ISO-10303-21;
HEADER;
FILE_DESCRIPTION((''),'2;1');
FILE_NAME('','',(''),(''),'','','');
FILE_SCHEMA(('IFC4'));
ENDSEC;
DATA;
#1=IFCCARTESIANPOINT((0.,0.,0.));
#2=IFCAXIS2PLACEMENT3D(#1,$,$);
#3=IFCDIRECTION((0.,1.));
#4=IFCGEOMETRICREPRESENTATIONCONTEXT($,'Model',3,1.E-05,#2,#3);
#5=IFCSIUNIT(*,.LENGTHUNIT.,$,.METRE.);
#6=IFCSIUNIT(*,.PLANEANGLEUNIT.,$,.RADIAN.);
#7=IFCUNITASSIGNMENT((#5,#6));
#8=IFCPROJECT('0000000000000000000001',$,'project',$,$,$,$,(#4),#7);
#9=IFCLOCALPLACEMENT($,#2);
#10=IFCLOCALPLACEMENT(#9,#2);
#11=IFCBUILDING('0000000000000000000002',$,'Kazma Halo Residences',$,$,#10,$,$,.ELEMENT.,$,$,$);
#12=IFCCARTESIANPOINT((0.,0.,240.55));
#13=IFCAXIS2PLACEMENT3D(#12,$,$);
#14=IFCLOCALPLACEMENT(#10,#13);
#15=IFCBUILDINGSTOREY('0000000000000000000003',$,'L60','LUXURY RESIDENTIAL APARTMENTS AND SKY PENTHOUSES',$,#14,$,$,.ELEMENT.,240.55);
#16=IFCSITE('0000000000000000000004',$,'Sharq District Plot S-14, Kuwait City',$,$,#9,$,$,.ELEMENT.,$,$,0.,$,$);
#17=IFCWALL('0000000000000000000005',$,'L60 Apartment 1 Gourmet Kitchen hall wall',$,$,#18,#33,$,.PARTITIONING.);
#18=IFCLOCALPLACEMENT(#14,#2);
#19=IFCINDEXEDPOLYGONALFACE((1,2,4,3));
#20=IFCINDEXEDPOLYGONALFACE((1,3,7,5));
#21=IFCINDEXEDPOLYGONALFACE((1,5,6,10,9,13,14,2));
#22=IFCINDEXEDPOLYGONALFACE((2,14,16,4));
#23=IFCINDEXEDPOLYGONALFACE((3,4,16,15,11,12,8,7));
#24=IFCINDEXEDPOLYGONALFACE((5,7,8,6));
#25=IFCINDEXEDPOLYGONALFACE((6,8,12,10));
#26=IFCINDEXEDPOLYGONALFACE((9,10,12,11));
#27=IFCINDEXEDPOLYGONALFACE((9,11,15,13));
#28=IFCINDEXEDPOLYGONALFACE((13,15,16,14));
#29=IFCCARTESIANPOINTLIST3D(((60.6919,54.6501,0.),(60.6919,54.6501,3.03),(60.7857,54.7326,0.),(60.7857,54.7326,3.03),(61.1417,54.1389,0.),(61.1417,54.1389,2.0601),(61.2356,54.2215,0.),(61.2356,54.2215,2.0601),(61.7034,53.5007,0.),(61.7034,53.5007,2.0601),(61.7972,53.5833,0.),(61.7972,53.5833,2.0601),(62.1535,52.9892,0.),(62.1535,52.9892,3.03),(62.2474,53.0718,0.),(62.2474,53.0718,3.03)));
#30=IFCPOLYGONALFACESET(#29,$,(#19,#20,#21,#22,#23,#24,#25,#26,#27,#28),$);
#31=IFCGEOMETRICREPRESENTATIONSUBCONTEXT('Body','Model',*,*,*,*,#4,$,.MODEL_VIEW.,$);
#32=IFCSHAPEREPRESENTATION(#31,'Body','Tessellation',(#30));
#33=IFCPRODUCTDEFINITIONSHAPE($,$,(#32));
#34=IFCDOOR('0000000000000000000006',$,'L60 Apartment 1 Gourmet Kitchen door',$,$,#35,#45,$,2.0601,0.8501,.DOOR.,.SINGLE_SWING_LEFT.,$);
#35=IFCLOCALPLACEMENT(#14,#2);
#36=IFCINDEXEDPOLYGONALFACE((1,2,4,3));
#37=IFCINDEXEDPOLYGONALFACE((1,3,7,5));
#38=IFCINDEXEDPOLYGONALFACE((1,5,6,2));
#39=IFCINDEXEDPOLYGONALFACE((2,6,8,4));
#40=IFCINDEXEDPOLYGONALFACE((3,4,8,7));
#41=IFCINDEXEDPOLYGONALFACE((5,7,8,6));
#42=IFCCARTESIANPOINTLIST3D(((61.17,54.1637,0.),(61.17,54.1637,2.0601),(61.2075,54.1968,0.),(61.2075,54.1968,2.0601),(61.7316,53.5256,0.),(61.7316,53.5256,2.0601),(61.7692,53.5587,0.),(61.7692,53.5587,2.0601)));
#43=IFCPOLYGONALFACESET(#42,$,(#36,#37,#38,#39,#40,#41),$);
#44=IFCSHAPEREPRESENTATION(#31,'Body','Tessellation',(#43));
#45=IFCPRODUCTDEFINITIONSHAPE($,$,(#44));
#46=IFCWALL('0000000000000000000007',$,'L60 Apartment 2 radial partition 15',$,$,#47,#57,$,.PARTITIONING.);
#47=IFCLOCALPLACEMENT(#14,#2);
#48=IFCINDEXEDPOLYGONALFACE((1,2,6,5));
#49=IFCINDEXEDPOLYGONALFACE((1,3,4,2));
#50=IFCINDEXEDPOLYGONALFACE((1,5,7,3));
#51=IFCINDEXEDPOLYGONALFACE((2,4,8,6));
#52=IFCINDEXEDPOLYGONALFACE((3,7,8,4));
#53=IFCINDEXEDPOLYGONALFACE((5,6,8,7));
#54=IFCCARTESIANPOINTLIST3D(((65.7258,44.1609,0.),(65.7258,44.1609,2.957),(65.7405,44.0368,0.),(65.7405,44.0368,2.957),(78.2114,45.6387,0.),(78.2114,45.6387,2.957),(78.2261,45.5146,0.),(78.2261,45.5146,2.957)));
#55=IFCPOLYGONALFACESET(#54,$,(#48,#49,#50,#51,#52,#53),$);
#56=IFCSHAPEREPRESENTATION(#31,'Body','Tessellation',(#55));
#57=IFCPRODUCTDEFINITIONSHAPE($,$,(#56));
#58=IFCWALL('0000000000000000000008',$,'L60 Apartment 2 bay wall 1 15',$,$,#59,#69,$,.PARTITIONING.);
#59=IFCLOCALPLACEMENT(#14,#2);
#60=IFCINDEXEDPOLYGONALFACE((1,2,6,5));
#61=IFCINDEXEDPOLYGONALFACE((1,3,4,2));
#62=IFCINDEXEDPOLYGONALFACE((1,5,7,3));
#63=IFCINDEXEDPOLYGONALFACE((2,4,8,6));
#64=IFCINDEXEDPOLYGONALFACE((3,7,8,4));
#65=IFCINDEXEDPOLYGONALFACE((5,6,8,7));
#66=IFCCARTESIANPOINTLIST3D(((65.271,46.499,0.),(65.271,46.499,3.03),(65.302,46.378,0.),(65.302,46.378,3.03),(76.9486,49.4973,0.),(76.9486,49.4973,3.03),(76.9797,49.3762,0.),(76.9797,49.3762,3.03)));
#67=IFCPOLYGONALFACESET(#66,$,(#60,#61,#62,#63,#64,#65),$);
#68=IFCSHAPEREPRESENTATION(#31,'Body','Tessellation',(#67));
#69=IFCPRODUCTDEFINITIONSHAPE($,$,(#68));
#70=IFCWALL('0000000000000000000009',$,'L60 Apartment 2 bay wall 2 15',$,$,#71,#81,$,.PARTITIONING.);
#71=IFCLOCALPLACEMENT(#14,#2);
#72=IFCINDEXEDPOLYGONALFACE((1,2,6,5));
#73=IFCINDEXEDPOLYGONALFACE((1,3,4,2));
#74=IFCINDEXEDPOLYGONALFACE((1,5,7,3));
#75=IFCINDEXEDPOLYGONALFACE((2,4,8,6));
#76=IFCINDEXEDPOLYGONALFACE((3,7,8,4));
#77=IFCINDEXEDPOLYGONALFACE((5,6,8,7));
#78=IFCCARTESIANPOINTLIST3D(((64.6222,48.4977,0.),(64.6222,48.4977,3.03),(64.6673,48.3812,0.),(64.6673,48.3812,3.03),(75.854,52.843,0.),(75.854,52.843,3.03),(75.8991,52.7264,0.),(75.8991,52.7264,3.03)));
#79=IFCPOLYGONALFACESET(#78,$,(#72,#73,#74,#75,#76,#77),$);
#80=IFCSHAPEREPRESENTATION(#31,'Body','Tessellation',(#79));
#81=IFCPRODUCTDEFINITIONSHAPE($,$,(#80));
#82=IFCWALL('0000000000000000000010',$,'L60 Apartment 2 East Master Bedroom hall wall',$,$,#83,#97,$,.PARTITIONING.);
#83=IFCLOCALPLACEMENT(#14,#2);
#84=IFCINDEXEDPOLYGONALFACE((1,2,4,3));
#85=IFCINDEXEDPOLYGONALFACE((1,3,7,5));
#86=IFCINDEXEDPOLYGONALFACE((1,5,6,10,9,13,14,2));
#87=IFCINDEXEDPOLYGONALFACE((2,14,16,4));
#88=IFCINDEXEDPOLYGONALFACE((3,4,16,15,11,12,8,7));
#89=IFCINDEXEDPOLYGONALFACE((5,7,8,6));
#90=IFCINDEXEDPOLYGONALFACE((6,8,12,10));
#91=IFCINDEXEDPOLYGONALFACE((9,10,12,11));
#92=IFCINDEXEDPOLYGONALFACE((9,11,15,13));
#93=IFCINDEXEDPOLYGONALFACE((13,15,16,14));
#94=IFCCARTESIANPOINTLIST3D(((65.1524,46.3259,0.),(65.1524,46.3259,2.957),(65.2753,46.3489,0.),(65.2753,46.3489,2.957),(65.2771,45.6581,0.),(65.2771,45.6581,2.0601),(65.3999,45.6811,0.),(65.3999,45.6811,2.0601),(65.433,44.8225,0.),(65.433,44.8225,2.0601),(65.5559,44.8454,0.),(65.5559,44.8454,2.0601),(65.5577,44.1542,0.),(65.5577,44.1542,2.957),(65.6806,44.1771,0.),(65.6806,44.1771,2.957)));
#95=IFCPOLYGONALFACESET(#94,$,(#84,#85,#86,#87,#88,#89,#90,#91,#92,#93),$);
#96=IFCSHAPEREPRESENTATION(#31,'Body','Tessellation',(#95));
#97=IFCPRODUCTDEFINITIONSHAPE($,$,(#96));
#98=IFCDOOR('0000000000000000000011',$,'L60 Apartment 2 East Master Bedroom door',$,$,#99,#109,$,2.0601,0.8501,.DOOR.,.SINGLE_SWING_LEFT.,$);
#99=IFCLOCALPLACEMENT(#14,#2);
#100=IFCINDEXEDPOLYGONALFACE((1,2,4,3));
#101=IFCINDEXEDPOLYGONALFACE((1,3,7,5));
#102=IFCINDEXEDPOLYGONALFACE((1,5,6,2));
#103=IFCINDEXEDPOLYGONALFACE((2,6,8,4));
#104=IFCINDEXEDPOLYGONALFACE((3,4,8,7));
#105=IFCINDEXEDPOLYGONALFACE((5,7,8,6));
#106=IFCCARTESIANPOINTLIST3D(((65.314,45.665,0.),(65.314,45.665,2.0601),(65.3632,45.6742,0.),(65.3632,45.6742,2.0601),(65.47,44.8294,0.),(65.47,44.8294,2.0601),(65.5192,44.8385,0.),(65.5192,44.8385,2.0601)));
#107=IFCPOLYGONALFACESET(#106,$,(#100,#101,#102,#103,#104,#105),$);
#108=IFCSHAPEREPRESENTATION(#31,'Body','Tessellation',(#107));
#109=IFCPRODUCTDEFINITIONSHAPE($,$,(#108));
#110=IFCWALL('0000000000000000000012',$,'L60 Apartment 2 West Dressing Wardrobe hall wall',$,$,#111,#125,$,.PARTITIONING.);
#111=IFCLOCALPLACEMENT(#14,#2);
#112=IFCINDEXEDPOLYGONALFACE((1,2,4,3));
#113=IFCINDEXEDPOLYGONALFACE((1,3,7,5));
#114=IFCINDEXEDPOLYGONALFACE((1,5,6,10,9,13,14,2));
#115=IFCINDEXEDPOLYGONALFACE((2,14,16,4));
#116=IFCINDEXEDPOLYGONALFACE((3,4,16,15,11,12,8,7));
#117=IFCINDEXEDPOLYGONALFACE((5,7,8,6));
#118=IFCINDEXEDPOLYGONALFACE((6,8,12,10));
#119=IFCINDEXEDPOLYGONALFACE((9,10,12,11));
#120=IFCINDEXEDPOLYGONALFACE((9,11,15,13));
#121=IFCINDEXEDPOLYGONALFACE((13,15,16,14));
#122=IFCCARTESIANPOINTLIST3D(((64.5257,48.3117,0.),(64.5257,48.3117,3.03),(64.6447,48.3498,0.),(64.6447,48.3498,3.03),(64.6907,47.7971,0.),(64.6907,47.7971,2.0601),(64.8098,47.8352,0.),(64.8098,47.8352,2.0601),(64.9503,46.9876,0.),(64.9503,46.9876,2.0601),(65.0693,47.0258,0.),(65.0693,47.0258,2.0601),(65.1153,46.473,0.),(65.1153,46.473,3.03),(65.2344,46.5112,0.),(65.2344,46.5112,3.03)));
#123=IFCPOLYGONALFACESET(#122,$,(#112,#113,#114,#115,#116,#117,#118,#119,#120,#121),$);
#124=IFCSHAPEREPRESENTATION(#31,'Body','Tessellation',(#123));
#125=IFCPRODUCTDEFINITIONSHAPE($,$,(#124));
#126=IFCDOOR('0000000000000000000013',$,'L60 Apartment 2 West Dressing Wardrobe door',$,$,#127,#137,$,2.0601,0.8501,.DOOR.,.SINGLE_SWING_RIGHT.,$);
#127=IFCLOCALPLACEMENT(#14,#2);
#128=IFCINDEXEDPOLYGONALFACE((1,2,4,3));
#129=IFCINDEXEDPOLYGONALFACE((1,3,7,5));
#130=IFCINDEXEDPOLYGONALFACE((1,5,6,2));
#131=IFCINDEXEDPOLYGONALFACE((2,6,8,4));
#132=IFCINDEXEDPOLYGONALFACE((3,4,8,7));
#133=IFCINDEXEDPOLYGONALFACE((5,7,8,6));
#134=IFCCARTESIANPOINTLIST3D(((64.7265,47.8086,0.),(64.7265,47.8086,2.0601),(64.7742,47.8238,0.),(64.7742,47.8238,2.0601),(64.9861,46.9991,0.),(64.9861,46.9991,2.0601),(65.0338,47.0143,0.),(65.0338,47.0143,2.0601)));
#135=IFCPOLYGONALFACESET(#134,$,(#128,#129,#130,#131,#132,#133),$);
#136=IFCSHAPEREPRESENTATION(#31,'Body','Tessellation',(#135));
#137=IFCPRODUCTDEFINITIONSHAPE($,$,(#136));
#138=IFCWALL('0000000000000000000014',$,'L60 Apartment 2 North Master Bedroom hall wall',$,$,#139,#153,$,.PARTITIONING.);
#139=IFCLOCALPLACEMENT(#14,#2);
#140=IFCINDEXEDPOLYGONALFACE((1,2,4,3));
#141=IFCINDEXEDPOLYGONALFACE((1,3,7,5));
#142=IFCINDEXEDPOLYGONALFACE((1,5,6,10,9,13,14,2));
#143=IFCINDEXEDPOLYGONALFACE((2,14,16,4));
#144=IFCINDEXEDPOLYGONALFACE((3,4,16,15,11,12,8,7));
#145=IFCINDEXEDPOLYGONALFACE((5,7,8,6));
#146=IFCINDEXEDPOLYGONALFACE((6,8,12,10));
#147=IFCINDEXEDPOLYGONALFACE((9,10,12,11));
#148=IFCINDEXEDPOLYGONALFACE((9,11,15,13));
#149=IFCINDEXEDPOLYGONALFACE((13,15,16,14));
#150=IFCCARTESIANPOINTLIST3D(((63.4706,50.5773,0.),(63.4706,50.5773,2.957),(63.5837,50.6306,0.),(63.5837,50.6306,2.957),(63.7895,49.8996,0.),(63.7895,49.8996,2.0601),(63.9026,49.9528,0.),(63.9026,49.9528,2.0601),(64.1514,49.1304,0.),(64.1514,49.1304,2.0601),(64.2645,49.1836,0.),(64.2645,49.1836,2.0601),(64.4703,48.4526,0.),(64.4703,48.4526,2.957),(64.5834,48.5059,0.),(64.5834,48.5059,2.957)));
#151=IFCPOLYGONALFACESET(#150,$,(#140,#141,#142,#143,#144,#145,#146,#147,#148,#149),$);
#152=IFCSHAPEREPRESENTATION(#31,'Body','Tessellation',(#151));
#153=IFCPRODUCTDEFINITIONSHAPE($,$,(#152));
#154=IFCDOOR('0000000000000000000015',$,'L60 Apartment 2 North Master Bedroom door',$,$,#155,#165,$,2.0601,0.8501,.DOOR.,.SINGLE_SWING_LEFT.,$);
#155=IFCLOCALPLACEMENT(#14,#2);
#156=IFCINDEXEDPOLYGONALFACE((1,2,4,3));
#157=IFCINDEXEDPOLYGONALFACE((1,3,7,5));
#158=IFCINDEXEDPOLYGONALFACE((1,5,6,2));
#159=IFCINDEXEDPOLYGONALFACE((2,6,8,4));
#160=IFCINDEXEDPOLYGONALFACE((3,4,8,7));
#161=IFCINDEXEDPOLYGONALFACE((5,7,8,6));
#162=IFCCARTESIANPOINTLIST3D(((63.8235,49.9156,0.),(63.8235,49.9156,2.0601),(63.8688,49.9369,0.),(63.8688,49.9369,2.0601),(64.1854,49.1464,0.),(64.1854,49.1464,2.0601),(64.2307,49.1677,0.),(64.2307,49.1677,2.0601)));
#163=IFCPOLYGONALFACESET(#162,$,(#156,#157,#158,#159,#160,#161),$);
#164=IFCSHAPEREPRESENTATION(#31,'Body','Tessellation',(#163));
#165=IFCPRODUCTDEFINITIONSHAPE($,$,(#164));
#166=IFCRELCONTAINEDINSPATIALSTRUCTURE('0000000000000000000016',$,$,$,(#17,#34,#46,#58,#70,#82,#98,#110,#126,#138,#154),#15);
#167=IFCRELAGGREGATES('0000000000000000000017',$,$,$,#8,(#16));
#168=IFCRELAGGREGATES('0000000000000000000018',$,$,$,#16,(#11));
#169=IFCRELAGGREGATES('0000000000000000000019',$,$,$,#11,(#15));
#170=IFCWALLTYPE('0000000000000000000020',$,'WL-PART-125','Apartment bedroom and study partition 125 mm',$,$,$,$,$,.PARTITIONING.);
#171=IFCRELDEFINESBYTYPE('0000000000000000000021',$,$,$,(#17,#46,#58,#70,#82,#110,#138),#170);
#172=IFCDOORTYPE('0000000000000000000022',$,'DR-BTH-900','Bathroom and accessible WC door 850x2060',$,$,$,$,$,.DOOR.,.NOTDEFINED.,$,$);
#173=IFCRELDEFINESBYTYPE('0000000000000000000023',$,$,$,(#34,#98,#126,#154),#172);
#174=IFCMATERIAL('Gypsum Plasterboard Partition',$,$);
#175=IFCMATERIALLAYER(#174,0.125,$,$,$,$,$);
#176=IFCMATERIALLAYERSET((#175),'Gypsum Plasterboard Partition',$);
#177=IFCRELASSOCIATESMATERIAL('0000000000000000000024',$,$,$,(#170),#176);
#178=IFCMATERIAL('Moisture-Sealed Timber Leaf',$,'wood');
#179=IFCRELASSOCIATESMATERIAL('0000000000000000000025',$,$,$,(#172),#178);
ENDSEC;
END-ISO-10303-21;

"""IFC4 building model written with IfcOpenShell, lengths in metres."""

from ifc_helpers import new_model, si_unit, direction, frame, frame_2d, origin, place, context, subcontext, project, spatial, rectangle, extrude, material, layer, layer_set, type_object, element, fill, save


model = new_model("IFC4")

# Units and contexts
model_context = context("Model", 3, precision=1e-05, world=origin(), true_north=direction((0.0, 1.0)))
body_context = subcontext(model_context, "Body", "Model", "MODEL_VIEW")
ifc_project = project(units=[si_unit("LENGTHUNIT", "METRE"), si_unit("PLANEANGLEUNIT", "RADIAN")], contexts=[model_context])

# Site, building, storey
site_placement = place(None, origin())
site = spatial("IfcSite", under=ifc_project, at=site_placement, Name="Sharq District Plot S-14, Kuwait City", CompositionType="ELEMENT", RefElevation=0.0)
building_placement = place(site_placement, origin())
building = spatial("IfcBuilding", under=site, at=building_placement, Name="Kazma Halo Residences", CompositionType="ELEMENT")
storey_placement = place(building_placement, frame((0.0, 0.0, 240.55)))
storey = spatial("IfcBuildingStorey", under=building, at=storey_placement, Name="L60", Description="LUXURY RESIDENTIAL APARTMENTS AND SKY PENTHOUSES", CompositionType="ELEMENT", Elevation=240.55)

# Shared definitions
ifc_material_1 = material(Name="Gypsum Plasterboard Partition")
ifc_layer_1 = layer(ifc_material_1, 0.125)
ifc_layer_set_1 = layer_set([ifc_layer_1], Name="Gypsum Plasterboard Partition")
wall_type_1 = type_object("IfcWallType", Name="WL-PART-125", Description="Apartment bedroom and study partition 125 mm", PredefinedType="PARTITIONING", material=ifc_layer_set_1)

# Wall, opening, door
wall_1_placement = place(storey_placement, frame((62.2004, 53.0305, 0.0), z_axis=(0.0, 0.0, 1.0), x_axis=(-0.66065, 0.750694, 0.0)))
wall_1 = element("IfcWall", 1, at=wall_1_placement, inside=storey, type_object=wall_type_1, Name="L60 Apartment 1 Gourmet Kitchen hall wall", PredefinedType="PARTITIONING", context=body_context, shape_type="SweptSolid", body=[
    extrude(rectangle(XDim=2.2124, YDim=0.125, at=frame_2d((1.1062, 0.0))), origin(), (0.0, 0.0, 1.0), 3.03),
])
opening_1_placement = place(wall_1_placement, frame((0.6814, 0.0, 0.0)))
opening_1 = element("IfcOpeningElement", 2, at=opening_1_placement, cuts=wall_1, PredefinedType="OPENING", context=body_context, shape_type="SweptSolid", body=[
    extrude(rectangle(XDim=0.8501, YDim=2.0601, at=frame_2d((0.425, 1.03))), frame((0.0, 0.0725, 0.0), z_axis=(0.0, -1.0, 0.0), x_axis=(1.0, 0.0, 0.0)), (0.0, 0.0, 1.0), 0.145),
])
ifc_material_2 = material(Name="Moisture-Sealed Timber Leaf", Category="wood")
door_type = type_object("IfcDoorType", Name="DR-BTH-900", Description="Bathroom and accessible WC door 850x2060", OperationType="NOTDEFINED", PredefinedType="DOOR", material=ifc_material_2)
door_1_placement = place(opening_1_placement, origin())
door_1 = element("IfcDoor", 3, at=door_1_placement, inside=storey, type_object=door_type, Name="L60 Apartment 1 Gourmet Kitchen door", OperationType="SINGLE_SWING_LEFT", OverallHeight=2.0601, OverallWidth=0.8501, PredefinedType="DOOR", context=body_context, shape_type="SweptSolid", body=[
    extrude(rectangle(XDim=0.8501, YDim=2.0601, at=frame_2d((0.425, 1.03))), frame((0.0, 0.0249, 0.0), z_axis=(0.0, -1.0, 0.0), x_axis=(1.0, 0.0, 0.0)), (0.0, 0.0, 1.0), 0.05),
])
fill(opening_1, door_1)

# Walls
wall_2_placement = place(storey_placement, frame((65.7332, 44.0989, 0.0), z_axis=(0.0, 0.0, 1.0), x_axis=(0.993068, 0.117539, 0.0)))
element("IfcWall", 4, at=wall_2_placement, inside=storey, type_object=wall_type_1, Name="L60 Apartment 2 radial partition 15", PredefinedType="PARTITIONING", context=body_context, shape_type="SweptSolid", body=[
    extrude(rectangle(XDim=12.5728, YDim=0.125, at=frame_2d((6.2864, 0.0))), origin(), (0.0, 0.0, 1.0), 2.957),
])
wall_3_placement = place(storey_placement, frame((65.2864, 46.4385, 0.0), z_axis=(0.0, 0.0, 1.0), x_axis=(0.968584, 0.248687, 0.0)))
element("IfcWall", 5, at=wall_3_placement, inside=storey, type_object=wall_type_1, Name="L60 Apartment 2 bay wall 1 15", PredefinedType="PARTITIONING", context=body_context, shape_type="SweptSolid", body=[
    extrude(rectangle(XDim=12.0564, YDim=0.125, at=frame_2d((6.0283, 0.0))), origin(), (0.0, 0.0, 1.0), 3.03),
])
wall_4_placement = place(storey_placement, frame((64.6448, 48.4395, 0.0), z_axis=(0.0, 0.0, 1.0), x_axis=(0.932639, 0.360811, 0.0)))
element("IfcWall", 6, at=wall_4_placement, inside=storey, type_object=wall_type_1, Name="L60 Apartment 2 bay wall 2 15", PredefinedType="PARTITIONING", context=body_context, shape_type="SweptSolid", body=[
    extrude(rectangle(XDim=12.043, YDim=0.125, at=frame_2d((6.0215, 0.0))), origin(), (0.0, 0.0, 1.0), 3.03),
])

# Walls, openings, doors
wall_5_placement = place(storey_placement, frame((65.6191, 44.1658, 0.0), z_axis=(0.0, 0.0, 1.0), x_axis=(-0.183454, 0.983028, 0.0)))
wall_5 = element("IfcWall", 7, at=wall_5_placement, inside=storey, type_object=wall_type_1, Name="L60 Apartment 2 East Master Bedroom hall wall", PredefinedType="PARTITIONING", context=body_context, shape_type="SweptSolid", body=[
    extrude(rectangle(XDim=2.2092, YDim=0.125, at=frame_2d((1.1045, 0.0))), origin(), (0.0, 0.0, 1.0), 2.957),
])
opening_2_placement = place(wall_5_placement, frame((0.6797, 0.0, 0.0)))
opening_2 = element("IfcOpeningElement", 8, at=opening_2_placement, cuts=wall_5, PredefinedType="OPENING", context=body_context, shape_type="SweptSolid", body=[
    extrude(rectangle(XDim=0.8501, YDim=2.0601, at=frame_2d((0.425, 1.03))), frame((0.0, 0.0725, 0.0), z_axis=(0.0, -1.0, 0.0), x_axis=(1.0, 0.0, 0.0)), (0.0, 0.0, 1.0), 0.145),
])
door_2_placement = place(opening_2_placement, origin())
door_2 = element("IfcDoor", 9, at=door_2_placement, inside=storey, type_object=door_type, Name="L60 Apartment 2 East Master Bedroom door", OperationType="SINGLE_SWING_LEFT", OverallHeight=2.0601, OverallWidth=0.8501, PredefinedType="DOOR", context=body_context, shape_type="SweptSolid", body=[
    extrude(rectangle(XDim=0.8501, YDim=2.0601, at=frame_2d((0.425, 1.03))), frame((0.0, 0.0249, 0.0), z_axis=(0.0, -1.0, 0.0), x_axis=(1.0, 0.0, 0.0)), (0.0, 0.0, 1.0), 0.05),
])
fill(opening_2, door_2)
wall_6_placement = place(storey_placement, frame((65.1748, 46.4922, 0.0), z_axis=(0.0, 0.0, 1.0), x_axis=(-0.305358, 0.952238, 0.0)))
wall_6 = element("IfcWall", 10, at=wall_6_placement, inside=storey, type_object=wall_type_1, Name="L60 Apartment 2 West Dressing Wardrobe hall wall", PredefinedType="PARTITIONING", context=body_context, shape_type="SweptSolid", body=[
    extrude(rectangle(XDim=1.9309, YDim=0.125, at=frame_2d((0.9653, 0.0))), origin(), (0.0, 0.0, 1.0), 3.03),
])
opening_3_placement = place(wall_6_placement, frame((0.5403, 0.0, 0.0)))
opening_3 = element("IfcOpeningElement", 11, at=opening_3_placement, cuts=wall_6, PredefinedType="OPENING", context=body_context, shape_type="SweptSolid", body=[
    extrude(rectangle(XDim=0.8501, YDim=2.0601, at=frame_2d((0.425, 1.03))), frame((0.0, 0.0725, 0.0), z_axis=(0.0, -1.0, 0.0), x_axis=(1.0, 0.0, 0.0)), (0.0, 0.0, 1.0), 0.145),
])
door_3_placement = place(opening_3_placement, origin())
door_3 = element("IfcDoor", 12, at=door_3_placement, inside=storey, type_object=door_type, Name="L60 Apartment 2 West Dressing Wardrobe door", OperationType="SINGLE_SWING_RIGHT", OverallHeight=2.0601, OverallWidth=0.8501, PredefinedType="DOOR", context=body_context, shape_type="SweptSolid", body=[
    extrude(rectangle(XDim=0.8501, YDim=2.0601, at=frame_2d((0.425, 1.03))), frame((0.0, 0.0249, 0.0), z_axis=(0.0, -1.0, 0.0), x_axis=(1.0, 0.0, 0.0)), (0.0, 0.0, 1.0), 0.05),
])
fill(opening_3, door_3)
wall_7_placement = place(storey_placement, frame((64.5269, 48.4792, 0.0), z_axis=(0.0, 0.0, 1.0), x_axis=(-0.425752, 0.90484, 0.0)))
wall_7 = element("IfcWall", 13, at=wall_7_placement, inside=storey, type_object=wall_type_1, Name="L60 Apartment 2 North Master Bedroom hall wall", PredefinedType="PARTITIONING", context=body_context, shape_type="SweptSolid", body=[
    extrude(rectangle(XDim=2.3481, YDim=0.125, at=frame_2d((1.1741, 0.0))), origin(), (0.0, 0.0, 1.0), 2.957),
])
opening_4_placement = place(wall_7_placement, frame((0.749, 0.0, 0.0)))
opening_4 = element("IfcOpeningElement", 14, at=opening_4_placement, cuts=wall_7, PredefinedType="OPENING", context=body_context, shape_type="SweptSolid", body=[
    extrude(rectangle(XDim=0.8501, YDim=2.0601, at=frame_2d((0.425, 1.03))), frame((0.0, 0.0725, 0.0), z_axis=(0.0, -1.0, 0.0), x_axis=(1.0, 0.0, 0.0)), (0.0, 0.0, 1.0), 0.145),
])
door_4_placement = place(opening_4_placement, origin())
door_4 = element("IfcDoor", 15, at=door_4_placement, inside=storey, type_object=door_type, Name="L60 Apartment 2 North Master Bedroom door", OperationType="SINGLE_SWING_LEFT", OverallHeight=2.0601, OverallWidth=0.8501, PredefinedType="DOOR", context=body_context, shape_type="SweptSolid", body=[
    extrude(rectangle(XDim=0.8501, YDim=2.0601, at=frame_2d((0.425, 1.03))), frame((0.0, 0.0249, 0.0), z_axis=(0.0, -1.0, 0.0), x_axis=(1.0, 0.0, 0.0)), (0.0, 0.0, 1.0), 0.05),
])
fill(opening_4, door_4)

save(model, "model.ifc")
